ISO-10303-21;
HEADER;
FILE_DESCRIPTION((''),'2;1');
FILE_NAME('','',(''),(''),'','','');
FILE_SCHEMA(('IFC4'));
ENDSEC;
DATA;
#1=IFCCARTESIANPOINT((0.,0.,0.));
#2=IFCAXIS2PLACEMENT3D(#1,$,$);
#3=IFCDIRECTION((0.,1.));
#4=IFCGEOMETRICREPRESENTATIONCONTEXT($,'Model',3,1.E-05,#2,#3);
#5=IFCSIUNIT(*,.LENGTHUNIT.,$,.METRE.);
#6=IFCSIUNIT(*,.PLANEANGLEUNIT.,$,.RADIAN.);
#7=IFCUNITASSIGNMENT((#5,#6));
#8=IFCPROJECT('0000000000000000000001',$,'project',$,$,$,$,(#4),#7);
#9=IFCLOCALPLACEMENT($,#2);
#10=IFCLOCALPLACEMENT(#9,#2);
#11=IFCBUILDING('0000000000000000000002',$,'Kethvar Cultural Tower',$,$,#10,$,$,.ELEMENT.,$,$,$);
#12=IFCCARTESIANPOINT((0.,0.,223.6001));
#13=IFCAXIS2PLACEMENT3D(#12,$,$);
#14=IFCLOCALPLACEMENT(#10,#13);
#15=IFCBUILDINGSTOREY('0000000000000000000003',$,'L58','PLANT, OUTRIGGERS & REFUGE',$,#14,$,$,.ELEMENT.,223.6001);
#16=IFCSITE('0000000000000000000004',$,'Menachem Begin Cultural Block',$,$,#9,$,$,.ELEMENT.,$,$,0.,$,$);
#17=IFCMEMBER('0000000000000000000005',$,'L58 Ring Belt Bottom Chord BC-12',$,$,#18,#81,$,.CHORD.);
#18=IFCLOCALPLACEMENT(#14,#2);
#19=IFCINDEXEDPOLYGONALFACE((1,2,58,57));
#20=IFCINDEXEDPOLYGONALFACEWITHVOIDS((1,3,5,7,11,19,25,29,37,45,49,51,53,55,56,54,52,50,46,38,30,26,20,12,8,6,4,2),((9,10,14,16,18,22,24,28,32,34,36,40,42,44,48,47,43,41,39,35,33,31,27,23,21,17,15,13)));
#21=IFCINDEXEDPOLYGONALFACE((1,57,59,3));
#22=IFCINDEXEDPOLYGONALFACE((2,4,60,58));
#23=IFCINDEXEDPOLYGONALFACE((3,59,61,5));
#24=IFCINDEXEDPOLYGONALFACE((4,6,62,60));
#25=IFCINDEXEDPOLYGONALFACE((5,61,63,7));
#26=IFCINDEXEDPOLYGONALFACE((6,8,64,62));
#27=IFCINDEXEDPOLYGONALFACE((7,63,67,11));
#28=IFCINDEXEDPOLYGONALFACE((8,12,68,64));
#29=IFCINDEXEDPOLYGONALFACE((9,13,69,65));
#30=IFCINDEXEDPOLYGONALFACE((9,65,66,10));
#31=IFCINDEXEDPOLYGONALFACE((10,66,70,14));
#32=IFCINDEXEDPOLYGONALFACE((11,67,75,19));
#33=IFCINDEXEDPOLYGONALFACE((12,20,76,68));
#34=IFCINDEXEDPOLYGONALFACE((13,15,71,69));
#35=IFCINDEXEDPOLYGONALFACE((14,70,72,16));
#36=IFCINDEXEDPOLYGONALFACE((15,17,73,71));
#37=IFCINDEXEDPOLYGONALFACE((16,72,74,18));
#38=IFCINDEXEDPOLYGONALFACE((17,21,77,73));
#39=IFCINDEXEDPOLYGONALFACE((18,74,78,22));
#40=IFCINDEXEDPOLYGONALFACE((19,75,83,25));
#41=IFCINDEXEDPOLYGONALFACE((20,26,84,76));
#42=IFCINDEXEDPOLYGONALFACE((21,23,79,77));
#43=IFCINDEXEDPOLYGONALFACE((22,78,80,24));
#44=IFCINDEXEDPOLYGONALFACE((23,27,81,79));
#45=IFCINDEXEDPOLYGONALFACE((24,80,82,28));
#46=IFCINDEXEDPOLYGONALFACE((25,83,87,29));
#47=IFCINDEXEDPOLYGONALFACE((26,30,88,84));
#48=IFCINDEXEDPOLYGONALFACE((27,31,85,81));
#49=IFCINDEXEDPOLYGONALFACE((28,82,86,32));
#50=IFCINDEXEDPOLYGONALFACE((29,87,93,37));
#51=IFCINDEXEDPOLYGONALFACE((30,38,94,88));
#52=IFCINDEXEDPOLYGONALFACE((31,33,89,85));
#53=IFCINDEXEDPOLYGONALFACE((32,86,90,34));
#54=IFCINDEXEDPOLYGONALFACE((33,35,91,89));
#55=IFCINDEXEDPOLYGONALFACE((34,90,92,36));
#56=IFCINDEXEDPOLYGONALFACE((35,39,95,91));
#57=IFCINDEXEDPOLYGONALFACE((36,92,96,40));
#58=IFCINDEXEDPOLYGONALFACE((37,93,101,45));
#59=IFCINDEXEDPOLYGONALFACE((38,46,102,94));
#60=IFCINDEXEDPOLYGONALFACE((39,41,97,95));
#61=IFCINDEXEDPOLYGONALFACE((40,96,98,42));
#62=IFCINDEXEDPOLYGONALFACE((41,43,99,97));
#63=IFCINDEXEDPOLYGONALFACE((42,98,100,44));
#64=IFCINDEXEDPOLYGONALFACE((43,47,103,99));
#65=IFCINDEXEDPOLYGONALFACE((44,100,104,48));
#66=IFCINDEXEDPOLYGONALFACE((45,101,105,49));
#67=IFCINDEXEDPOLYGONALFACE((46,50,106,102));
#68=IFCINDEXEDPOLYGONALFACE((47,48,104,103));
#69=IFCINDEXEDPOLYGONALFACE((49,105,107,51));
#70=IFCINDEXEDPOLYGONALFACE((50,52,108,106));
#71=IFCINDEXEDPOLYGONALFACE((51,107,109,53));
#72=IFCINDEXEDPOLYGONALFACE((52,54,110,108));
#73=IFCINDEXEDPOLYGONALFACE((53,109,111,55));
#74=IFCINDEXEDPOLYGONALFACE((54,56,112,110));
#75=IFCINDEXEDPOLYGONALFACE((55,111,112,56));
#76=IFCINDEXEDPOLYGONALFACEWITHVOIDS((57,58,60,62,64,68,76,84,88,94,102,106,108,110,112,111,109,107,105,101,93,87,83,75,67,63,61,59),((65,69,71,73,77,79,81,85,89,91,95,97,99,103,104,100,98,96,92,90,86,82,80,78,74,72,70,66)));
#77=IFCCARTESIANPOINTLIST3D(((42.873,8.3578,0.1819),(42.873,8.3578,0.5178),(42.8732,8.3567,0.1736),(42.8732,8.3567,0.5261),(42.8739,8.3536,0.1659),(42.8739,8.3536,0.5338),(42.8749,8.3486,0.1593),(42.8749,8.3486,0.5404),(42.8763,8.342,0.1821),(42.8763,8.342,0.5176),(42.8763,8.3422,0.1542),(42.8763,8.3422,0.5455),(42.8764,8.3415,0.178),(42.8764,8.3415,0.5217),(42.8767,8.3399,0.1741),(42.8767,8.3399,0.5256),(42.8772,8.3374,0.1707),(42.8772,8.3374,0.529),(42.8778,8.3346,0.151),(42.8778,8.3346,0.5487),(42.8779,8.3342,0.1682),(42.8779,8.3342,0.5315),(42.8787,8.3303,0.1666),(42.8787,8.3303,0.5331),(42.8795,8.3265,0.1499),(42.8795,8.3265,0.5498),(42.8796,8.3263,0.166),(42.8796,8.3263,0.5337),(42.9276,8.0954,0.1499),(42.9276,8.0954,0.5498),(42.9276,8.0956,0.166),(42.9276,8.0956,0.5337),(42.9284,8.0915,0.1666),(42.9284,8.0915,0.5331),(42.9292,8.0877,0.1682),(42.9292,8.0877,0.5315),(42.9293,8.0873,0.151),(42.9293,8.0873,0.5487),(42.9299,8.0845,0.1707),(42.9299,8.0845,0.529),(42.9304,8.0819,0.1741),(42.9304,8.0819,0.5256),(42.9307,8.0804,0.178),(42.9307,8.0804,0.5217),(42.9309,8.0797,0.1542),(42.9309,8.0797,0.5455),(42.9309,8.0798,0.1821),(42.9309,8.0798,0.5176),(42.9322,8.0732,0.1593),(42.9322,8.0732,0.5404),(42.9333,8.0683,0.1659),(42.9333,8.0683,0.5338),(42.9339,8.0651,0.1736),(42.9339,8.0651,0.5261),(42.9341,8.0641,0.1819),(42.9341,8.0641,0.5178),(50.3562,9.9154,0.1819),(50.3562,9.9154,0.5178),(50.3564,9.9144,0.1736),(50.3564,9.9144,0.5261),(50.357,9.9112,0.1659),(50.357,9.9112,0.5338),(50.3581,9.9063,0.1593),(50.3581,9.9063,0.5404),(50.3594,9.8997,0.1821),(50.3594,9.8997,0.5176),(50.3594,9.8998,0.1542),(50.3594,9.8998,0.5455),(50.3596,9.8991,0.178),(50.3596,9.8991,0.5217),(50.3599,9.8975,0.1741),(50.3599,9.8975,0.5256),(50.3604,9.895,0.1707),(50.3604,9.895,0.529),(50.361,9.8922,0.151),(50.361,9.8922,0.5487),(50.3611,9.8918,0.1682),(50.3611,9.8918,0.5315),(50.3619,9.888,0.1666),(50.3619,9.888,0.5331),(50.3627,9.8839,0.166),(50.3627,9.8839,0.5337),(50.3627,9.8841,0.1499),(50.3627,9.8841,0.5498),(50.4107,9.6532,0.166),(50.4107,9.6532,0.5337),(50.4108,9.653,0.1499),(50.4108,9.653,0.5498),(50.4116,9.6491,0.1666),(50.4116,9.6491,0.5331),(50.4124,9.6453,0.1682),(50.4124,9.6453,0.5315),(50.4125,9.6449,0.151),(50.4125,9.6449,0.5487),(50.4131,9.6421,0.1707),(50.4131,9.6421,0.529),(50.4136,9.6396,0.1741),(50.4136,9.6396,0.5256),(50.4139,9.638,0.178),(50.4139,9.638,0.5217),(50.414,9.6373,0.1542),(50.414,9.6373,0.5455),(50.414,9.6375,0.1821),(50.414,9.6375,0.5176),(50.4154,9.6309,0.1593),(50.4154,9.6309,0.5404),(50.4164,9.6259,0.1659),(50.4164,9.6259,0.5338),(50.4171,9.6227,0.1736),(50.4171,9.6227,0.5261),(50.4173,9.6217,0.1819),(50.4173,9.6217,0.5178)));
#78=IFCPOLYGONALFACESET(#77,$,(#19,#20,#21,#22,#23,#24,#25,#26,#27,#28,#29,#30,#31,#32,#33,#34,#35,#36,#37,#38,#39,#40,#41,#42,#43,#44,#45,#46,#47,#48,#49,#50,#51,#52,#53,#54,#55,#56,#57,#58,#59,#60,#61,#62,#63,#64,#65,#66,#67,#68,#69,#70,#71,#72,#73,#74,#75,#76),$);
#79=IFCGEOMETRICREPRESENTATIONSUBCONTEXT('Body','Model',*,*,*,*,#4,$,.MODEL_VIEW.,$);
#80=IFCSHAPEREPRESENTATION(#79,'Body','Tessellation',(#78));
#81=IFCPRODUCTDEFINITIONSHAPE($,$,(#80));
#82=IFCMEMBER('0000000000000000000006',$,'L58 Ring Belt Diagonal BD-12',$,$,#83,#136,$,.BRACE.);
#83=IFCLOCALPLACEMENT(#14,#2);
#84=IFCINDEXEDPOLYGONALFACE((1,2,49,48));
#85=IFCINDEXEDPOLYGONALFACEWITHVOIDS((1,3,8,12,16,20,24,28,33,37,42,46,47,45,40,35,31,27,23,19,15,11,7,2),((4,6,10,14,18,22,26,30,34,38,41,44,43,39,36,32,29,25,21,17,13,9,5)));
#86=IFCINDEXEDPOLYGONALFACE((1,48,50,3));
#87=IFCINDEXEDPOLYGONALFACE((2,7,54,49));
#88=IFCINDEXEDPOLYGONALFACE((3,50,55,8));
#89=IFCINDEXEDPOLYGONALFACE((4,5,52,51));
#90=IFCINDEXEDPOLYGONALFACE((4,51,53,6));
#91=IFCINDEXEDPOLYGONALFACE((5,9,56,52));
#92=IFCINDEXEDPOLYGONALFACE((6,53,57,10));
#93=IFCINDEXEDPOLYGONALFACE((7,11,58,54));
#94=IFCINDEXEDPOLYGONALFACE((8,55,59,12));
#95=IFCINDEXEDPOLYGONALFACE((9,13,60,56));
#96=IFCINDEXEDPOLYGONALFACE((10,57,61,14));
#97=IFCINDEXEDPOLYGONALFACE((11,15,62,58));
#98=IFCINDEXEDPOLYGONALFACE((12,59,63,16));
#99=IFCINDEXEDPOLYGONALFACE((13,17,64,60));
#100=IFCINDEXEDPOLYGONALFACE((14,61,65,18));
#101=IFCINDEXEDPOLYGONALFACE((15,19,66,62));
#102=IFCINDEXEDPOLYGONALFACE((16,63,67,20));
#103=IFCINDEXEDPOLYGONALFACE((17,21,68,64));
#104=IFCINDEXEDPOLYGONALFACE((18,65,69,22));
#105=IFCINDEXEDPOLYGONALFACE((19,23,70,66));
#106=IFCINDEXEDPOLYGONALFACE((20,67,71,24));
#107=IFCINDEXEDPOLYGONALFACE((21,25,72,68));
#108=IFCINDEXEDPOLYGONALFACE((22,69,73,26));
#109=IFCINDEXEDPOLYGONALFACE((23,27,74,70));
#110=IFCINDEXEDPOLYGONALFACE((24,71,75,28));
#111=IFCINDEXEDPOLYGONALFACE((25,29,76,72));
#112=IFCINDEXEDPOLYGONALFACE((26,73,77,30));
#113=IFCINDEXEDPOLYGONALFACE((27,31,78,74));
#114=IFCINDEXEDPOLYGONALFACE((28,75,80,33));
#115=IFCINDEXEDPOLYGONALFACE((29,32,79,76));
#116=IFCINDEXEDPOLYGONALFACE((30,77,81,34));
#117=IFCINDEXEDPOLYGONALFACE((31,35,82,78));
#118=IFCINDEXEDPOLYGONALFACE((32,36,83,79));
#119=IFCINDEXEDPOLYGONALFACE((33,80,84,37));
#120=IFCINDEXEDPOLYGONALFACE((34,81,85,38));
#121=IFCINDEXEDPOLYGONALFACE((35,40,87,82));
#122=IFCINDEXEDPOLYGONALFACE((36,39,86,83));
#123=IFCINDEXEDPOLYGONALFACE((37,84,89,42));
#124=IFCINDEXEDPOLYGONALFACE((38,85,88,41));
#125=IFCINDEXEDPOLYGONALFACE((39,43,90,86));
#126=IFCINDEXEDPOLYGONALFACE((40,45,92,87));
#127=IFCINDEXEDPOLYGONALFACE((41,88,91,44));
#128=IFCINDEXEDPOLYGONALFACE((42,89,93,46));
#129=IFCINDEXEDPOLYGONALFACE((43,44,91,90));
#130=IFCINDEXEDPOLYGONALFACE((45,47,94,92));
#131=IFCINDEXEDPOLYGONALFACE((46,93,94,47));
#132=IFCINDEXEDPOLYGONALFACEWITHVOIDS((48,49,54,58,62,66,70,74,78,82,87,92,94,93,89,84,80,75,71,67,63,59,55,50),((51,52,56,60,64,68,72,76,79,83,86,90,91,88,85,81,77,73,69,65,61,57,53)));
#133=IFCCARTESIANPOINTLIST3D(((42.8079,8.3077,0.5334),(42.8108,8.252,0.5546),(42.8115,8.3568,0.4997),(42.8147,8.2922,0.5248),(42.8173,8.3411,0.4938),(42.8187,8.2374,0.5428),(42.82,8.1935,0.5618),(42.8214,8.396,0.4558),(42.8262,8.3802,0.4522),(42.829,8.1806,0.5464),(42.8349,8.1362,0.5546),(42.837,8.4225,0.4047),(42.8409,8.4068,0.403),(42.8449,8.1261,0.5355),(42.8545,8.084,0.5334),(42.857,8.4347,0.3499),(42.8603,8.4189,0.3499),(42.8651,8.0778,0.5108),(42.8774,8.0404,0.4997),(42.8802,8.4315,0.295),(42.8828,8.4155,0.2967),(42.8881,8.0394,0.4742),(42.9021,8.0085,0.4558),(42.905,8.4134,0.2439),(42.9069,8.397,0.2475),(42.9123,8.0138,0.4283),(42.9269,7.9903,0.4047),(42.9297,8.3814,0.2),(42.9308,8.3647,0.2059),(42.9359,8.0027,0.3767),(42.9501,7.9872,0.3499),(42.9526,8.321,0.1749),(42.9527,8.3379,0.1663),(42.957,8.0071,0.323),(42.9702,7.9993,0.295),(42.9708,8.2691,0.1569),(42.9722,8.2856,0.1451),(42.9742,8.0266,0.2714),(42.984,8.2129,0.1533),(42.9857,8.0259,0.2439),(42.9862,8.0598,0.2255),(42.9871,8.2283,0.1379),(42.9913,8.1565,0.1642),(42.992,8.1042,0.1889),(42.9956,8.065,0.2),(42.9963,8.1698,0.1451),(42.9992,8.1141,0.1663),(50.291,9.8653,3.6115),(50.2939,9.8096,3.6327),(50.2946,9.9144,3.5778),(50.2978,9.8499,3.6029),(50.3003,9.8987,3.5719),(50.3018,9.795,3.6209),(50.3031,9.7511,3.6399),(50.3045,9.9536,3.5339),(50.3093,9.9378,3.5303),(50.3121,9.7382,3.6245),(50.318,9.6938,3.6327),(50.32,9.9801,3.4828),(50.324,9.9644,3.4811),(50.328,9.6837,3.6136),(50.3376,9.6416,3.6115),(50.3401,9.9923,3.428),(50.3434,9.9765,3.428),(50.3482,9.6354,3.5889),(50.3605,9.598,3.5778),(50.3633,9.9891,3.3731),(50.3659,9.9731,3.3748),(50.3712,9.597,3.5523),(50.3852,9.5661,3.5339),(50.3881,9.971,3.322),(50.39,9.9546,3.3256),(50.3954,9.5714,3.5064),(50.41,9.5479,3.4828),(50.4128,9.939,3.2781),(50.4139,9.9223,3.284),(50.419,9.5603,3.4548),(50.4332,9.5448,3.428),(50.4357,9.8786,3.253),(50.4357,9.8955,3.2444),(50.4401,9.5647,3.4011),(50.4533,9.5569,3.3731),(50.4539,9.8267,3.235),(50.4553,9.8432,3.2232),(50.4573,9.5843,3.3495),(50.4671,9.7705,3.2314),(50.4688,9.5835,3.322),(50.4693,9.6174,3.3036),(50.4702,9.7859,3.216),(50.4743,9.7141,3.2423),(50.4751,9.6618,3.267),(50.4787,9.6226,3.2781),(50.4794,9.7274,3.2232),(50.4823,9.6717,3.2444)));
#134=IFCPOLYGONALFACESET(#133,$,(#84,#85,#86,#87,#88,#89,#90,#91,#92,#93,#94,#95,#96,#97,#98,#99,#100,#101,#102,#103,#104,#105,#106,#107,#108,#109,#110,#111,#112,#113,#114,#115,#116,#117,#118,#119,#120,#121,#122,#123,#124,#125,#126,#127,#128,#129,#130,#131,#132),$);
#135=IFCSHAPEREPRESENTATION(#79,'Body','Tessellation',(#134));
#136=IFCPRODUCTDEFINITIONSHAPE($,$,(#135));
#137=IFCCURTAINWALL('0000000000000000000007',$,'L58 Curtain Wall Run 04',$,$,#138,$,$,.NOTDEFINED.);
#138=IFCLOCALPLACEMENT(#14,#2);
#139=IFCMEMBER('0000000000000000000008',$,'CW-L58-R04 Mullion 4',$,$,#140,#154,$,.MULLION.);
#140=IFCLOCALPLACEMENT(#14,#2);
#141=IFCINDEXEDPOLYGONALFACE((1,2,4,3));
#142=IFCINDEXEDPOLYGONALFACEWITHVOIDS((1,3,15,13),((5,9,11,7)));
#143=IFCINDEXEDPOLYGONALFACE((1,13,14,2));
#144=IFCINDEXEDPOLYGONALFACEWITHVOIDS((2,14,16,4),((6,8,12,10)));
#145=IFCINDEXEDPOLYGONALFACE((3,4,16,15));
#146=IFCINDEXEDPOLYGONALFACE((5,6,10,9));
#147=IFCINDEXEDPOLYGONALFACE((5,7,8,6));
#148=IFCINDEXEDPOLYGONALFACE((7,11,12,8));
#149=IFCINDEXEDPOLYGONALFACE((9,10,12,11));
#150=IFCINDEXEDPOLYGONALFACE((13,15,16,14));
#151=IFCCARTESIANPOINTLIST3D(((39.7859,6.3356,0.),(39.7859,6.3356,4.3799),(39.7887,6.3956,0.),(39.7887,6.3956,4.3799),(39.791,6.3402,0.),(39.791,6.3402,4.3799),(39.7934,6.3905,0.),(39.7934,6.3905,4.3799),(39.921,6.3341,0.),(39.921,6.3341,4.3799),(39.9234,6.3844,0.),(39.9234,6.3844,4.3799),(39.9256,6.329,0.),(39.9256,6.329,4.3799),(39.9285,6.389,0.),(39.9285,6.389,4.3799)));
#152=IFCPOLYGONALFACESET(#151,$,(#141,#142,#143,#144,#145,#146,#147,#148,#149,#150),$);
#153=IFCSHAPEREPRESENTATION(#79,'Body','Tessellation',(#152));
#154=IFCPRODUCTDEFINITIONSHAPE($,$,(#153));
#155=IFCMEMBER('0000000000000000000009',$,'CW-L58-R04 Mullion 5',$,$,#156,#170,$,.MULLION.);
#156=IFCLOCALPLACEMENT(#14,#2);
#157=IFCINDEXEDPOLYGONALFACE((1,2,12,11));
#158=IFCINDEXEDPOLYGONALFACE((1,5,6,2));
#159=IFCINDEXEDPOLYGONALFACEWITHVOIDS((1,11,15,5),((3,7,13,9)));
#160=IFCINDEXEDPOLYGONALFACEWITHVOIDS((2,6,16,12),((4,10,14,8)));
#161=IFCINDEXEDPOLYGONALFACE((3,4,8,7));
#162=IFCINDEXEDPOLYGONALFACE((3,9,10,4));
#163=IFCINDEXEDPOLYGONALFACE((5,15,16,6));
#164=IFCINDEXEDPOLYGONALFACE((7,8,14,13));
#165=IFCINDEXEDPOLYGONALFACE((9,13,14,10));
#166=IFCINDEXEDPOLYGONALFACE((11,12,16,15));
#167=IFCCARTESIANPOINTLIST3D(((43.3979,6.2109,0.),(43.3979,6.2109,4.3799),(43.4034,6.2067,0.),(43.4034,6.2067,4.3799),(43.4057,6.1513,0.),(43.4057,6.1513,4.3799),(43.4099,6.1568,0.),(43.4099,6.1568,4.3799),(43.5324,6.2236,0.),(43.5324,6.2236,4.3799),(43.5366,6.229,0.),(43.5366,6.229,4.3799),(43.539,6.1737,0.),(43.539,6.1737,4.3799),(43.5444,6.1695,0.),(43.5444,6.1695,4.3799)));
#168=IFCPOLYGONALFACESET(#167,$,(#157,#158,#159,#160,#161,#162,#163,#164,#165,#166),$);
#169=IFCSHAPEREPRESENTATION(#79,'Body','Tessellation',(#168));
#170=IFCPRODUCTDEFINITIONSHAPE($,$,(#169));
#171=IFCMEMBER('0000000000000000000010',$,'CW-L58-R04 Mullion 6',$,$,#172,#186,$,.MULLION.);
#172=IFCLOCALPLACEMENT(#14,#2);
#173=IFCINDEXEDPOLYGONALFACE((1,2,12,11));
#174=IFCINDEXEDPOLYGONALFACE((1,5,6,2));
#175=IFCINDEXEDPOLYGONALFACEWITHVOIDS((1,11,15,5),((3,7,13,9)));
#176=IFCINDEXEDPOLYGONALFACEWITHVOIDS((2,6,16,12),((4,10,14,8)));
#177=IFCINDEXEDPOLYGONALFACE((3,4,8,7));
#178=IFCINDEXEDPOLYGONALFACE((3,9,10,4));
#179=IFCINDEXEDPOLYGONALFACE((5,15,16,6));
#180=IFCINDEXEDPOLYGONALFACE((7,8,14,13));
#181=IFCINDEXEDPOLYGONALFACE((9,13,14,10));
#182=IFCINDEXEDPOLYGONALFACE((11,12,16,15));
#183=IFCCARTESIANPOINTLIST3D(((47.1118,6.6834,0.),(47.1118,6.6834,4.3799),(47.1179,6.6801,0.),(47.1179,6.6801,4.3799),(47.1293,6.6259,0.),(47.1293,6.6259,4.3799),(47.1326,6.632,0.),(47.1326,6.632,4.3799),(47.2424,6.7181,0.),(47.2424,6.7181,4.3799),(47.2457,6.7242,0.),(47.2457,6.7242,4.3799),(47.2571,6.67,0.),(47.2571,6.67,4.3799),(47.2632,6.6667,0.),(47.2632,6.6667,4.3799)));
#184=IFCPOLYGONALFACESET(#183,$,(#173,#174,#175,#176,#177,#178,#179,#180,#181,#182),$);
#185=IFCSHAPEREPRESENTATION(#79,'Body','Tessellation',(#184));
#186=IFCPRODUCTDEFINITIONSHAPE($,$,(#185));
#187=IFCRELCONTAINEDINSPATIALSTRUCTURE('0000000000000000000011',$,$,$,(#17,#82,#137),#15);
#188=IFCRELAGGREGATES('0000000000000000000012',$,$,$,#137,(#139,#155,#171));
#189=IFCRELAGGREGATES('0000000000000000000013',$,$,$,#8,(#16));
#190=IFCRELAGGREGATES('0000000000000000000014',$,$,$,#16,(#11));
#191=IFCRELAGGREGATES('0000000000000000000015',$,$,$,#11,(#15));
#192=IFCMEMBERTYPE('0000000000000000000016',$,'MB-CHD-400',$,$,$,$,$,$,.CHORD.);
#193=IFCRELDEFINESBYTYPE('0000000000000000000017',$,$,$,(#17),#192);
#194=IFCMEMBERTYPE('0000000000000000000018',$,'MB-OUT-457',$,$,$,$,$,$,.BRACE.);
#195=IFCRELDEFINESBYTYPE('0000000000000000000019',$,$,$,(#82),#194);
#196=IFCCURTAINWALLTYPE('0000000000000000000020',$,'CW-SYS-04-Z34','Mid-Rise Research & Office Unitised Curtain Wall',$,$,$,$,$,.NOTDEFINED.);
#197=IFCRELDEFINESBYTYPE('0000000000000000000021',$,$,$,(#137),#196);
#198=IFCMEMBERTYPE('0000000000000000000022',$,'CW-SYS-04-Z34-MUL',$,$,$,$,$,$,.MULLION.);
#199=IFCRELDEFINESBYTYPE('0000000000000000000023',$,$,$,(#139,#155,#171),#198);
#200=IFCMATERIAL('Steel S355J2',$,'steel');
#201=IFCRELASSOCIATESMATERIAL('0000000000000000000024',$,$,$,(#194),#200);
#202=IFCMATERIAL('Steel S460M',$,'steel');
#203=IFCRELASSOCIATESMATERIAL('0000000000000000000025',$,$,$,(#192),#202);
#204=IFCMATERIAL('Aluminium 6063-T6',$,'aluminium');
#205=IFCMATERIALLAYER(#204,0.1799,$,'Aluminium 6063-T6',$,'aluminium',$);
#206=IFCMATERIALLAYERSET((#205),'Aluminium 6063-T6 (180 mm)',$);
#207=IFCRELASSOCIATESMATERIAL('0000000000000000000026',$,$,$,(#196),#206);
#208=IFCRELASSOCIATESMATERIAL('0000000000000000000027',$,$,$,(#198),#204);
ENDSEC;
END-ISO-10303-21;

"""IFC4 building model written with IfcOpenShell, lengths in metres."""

from ifc_helpers import new_model, si_unit, direction, frame, origin, origin_2d, place, context, subcontext, project, spatial, hollow_rectangle, hollow_circle, extrude, source, transform, mapped, material, layer, layer_set, material_profile, profile_set, type_object, element, aggregate, save


model = new_model("IFC4")

# Units and contexts
model_context = context("Model", 3, precision=1e-05, world=origin(), true_north=direction((0.0, 1.0)))
body_context = subcontext(model_context, "Body", "Model", "MODEL_VIEW")
ifc_project = project(units=[si_unit("LENGTHUNIT", "METRE"), si_unit("PLANEANGLEUNIT", "RADIAN")], contexts=[model_context])

# Site, building, storey
site_placement = place(None, origin())
site = spatial("IfcSite", under=ifc_project, at=site_placement, Name="Menachem Begin Cultural Block", CompositionType="ELEMENT", RefElevation=0.0)
building_placement = place(site_placement, origin())
building = spatial("IfcBuilding", under=site, at=building_placement, Name="Kethvar Cultural Tower", CompositionType="ELEMENT")
storey_placement = place(building_placement, frame((0.0, 0.0, 223.6001)))
storey = spatial("IfcBuildingStorey", under=building, at=storey_placement, Name="L58", Description="PLANT, OUTRIGGERS & REFUGE", CompositionType="ELEMENT", Elevation=223.6001)

# Shared definitions
ifc_material_1 = material(Name="Steel S460M", Category="steel")

# Shared definitions
ifc_material_2 = material(Name="Steel S355J2", Category="steel")
ifc_material_profile_1 = material_profile(ifc_material_2, hollow_circle(Radius=0.2285, WallThickness=0.0161, at=origin_2d()), Name="Steel S355J2 — CHS457x16")
ifc_profile_set_1 = profile_set([ifc_material_profile_1], Name="Steel S355J2 — CHS457x16")
member_type_1 = type_object("IfcMemberType", Name="MB-OUT-457", PredefinedType="BRACE", material=ifc_profile_set_1)

# Members
ifc_material_profile_2 = material_profile(ifc_material_1, hollow_rectangle(XDim=0.3, YDim=0.3999, WallThickness=0.0161, InnerFilletRadius=0.0161, OuterFilletRadius=0.032, at=origin_2d()), Name="Steel S460M — RHS400x300x16")
ifc_profile_set_2 = profile_set([ifc_material_profile_2], Name="Steel S460M — RHS400x300x16")
member_type_2 = type_object("IfcMemberType", Name="MB-CHD-400", PredefinedType="CHORD", material=ifc_profile_set_2)
shared_shape_1 = source(origin(), body_context, "Body", "SweptSolid", [
    extrude(hollow_rectangle(XDim=0.3, YDim=0.3999, WallThickness=0.0161, InnerFilletRadius=0.0161, OuterFilletRadius=0.032, at=origin_2d()), origin(), (0.0, 0.0, 1.0), 7.6436),
])
member_1_placement = place(storey_placement, frame((42.9036, 8.2109, 0.3499), z_axis=(0.979016, 0.203782, 0.0), x_axis=(-0.203782, 0.979016, 0.0)))
element("IfcMember", 1, at=member_1_placement, inside=storey, type_object=member_type_2, Name="L58 Ring Belt Bottom Chord BC-12", PredefinedType="CHORD", context=body_context, shape_type="MappedRepresentation", body=[
    mapped(shared_shape_1, transform((0.0, 0.0, 0.0), scale=1.0)),
])
shared_shape_2 = source(origin(), body_context, "Body", "SweptSolid", [
    extrude(hollow_circle(Radius=0.2285, WallThickness=0.0161, at=origin_2d()), origin(), (0.0, 0.0, 1.0), 8.24),
])
member_2_placement = place(storey_placement, frame((42.9036, 8.2109, 0.3499), z_axis=(0.908143, 0.18903, 0.373556), x_axis=(-0.203782, 0.979016, 0.0)))
element("IfcMember", 2, at=member_2_placement, inside=storey, type_object=member_type_1, Name="L58 Ring Belt Diagonal BD-12", PredefinedType="BRACE", context=body_context, shape_type="MappedRepresentation", body=[
    mapped(shared_shape_2, transform((0.0, 0.0, 0.0), scale=1.0)),
])

# Curtain wall, members
ifc_material_3 = material(Name="Aluminium 6063-T6", Category="aluminium")
ifc_layer_1 = layer(ifc_material_3, 0.1799, Name="Aluminium 6063-T6", Category="aluminium")
ifc_layer_set_1 = layer_set([ifc_layer_1], Name="Aluminium 6063-T6 (180 mm)")
curtain_wall_type = type_object("IfcCurtainWallType", Name="CW-SYS-04-Z34", Description="Mid-Rise Research & Office Unitised Curtain Wall", PredefinedType="NOTDEFINED", material=ifc_layer_set_1)
curtain_wall_placement = place(storey_placement, origin())
curtain_wall = element("IfcCurtainWall", 3, at=curtain_wall_placement, inside=storey, type_object=curtain_wall_type, Name="L58 Curtain Wall Run 04", PredefinedType="NOTDEFINED")
ifc_material_profile_3 = material_profile(ifc_material_3, hollow_rectangle(XDim=0.0601, YDim=0.1399, WallThickness=0.0049, at=origin_2d()), Name="Aluminium 6063-T6 — RHS140x60x5")
ifc_profile_set_3 = profile_set([ifc_material_profile_3], Name="Aluminium 6063-T6 — RHS140x60x5")
member_type_3 = type_object("IfcMemberType", Name="CW-SYS-04-Z34-MUL", PredefinedType="MULLION", material=ifc_profile_set_3)
shared_shape_3 = source(origin(), body_context, "Body", "SweptSolid", [
    extrude(hollow_rectangle(XDim=0.0601, YDim=0.1399, WallThickness=0.0049, at=origin_2d()), origin(), (0.0, 0.0, 1.0), 4.3799),
])
member_3_placement = place(storey_placement, frame((39.8572, 6.3623, 0.0), z_axis=(0.0, 0.0, 1.0), x_axis=(0.047072, 0.998892, 0.0)))
member_3 = element("IfcMember", 4, at=member_3_placement, type_object=member_type_3, Name="CW-L58-R04 Mullion 4", PredefinedType="MULLION", context=body_context, shape_type="MappedRepresentation", body=[
    mapped(shared_shape_3, transform((0.0, 0.0, 0.0), scale=1.0)),
])
member_4_placement = place(storey_placement, frame((43.4712, 6.1902, 0.0), z_axis=(0.0, 0.0, 1.0), x_axis=(-0.129765, 0.991545, 0.0)))
member_4 = element("IfcMember", 5, at=member_4_placement, type_object=member_type_3, Name="CW-L58-R04 Mullion 5", PredefinedType="MULLION", context=body_context, shape_type="MappedRepresentation", body=[
    mapped(shared_shape_3, transform((0.0, 0.0, 0.0), scale=1.0)),
])
member_5_placement = place(storey_placement, frame((47.1875, 6.675, 0.0), z_axis=(0.0, 0.0, 1.0), x_axis=(-0.291437, 0.95659, 0.0)))
member_5 = element("IfcMember", 6, at=member_5_placement, type_object=member_type_3, Name="CW-L58-R04 Mullion 6", PredefinedType="MULLION", context=body_context, shape_type="MappedRepresentation", body=[
    mapped(shared_shape_3, transform((0.0, 0.0, 0.0), scale=1.0)),
])

aggregate(curtain_wall, [member_3, member_4, member_5])

save(model, "model.ifc")
